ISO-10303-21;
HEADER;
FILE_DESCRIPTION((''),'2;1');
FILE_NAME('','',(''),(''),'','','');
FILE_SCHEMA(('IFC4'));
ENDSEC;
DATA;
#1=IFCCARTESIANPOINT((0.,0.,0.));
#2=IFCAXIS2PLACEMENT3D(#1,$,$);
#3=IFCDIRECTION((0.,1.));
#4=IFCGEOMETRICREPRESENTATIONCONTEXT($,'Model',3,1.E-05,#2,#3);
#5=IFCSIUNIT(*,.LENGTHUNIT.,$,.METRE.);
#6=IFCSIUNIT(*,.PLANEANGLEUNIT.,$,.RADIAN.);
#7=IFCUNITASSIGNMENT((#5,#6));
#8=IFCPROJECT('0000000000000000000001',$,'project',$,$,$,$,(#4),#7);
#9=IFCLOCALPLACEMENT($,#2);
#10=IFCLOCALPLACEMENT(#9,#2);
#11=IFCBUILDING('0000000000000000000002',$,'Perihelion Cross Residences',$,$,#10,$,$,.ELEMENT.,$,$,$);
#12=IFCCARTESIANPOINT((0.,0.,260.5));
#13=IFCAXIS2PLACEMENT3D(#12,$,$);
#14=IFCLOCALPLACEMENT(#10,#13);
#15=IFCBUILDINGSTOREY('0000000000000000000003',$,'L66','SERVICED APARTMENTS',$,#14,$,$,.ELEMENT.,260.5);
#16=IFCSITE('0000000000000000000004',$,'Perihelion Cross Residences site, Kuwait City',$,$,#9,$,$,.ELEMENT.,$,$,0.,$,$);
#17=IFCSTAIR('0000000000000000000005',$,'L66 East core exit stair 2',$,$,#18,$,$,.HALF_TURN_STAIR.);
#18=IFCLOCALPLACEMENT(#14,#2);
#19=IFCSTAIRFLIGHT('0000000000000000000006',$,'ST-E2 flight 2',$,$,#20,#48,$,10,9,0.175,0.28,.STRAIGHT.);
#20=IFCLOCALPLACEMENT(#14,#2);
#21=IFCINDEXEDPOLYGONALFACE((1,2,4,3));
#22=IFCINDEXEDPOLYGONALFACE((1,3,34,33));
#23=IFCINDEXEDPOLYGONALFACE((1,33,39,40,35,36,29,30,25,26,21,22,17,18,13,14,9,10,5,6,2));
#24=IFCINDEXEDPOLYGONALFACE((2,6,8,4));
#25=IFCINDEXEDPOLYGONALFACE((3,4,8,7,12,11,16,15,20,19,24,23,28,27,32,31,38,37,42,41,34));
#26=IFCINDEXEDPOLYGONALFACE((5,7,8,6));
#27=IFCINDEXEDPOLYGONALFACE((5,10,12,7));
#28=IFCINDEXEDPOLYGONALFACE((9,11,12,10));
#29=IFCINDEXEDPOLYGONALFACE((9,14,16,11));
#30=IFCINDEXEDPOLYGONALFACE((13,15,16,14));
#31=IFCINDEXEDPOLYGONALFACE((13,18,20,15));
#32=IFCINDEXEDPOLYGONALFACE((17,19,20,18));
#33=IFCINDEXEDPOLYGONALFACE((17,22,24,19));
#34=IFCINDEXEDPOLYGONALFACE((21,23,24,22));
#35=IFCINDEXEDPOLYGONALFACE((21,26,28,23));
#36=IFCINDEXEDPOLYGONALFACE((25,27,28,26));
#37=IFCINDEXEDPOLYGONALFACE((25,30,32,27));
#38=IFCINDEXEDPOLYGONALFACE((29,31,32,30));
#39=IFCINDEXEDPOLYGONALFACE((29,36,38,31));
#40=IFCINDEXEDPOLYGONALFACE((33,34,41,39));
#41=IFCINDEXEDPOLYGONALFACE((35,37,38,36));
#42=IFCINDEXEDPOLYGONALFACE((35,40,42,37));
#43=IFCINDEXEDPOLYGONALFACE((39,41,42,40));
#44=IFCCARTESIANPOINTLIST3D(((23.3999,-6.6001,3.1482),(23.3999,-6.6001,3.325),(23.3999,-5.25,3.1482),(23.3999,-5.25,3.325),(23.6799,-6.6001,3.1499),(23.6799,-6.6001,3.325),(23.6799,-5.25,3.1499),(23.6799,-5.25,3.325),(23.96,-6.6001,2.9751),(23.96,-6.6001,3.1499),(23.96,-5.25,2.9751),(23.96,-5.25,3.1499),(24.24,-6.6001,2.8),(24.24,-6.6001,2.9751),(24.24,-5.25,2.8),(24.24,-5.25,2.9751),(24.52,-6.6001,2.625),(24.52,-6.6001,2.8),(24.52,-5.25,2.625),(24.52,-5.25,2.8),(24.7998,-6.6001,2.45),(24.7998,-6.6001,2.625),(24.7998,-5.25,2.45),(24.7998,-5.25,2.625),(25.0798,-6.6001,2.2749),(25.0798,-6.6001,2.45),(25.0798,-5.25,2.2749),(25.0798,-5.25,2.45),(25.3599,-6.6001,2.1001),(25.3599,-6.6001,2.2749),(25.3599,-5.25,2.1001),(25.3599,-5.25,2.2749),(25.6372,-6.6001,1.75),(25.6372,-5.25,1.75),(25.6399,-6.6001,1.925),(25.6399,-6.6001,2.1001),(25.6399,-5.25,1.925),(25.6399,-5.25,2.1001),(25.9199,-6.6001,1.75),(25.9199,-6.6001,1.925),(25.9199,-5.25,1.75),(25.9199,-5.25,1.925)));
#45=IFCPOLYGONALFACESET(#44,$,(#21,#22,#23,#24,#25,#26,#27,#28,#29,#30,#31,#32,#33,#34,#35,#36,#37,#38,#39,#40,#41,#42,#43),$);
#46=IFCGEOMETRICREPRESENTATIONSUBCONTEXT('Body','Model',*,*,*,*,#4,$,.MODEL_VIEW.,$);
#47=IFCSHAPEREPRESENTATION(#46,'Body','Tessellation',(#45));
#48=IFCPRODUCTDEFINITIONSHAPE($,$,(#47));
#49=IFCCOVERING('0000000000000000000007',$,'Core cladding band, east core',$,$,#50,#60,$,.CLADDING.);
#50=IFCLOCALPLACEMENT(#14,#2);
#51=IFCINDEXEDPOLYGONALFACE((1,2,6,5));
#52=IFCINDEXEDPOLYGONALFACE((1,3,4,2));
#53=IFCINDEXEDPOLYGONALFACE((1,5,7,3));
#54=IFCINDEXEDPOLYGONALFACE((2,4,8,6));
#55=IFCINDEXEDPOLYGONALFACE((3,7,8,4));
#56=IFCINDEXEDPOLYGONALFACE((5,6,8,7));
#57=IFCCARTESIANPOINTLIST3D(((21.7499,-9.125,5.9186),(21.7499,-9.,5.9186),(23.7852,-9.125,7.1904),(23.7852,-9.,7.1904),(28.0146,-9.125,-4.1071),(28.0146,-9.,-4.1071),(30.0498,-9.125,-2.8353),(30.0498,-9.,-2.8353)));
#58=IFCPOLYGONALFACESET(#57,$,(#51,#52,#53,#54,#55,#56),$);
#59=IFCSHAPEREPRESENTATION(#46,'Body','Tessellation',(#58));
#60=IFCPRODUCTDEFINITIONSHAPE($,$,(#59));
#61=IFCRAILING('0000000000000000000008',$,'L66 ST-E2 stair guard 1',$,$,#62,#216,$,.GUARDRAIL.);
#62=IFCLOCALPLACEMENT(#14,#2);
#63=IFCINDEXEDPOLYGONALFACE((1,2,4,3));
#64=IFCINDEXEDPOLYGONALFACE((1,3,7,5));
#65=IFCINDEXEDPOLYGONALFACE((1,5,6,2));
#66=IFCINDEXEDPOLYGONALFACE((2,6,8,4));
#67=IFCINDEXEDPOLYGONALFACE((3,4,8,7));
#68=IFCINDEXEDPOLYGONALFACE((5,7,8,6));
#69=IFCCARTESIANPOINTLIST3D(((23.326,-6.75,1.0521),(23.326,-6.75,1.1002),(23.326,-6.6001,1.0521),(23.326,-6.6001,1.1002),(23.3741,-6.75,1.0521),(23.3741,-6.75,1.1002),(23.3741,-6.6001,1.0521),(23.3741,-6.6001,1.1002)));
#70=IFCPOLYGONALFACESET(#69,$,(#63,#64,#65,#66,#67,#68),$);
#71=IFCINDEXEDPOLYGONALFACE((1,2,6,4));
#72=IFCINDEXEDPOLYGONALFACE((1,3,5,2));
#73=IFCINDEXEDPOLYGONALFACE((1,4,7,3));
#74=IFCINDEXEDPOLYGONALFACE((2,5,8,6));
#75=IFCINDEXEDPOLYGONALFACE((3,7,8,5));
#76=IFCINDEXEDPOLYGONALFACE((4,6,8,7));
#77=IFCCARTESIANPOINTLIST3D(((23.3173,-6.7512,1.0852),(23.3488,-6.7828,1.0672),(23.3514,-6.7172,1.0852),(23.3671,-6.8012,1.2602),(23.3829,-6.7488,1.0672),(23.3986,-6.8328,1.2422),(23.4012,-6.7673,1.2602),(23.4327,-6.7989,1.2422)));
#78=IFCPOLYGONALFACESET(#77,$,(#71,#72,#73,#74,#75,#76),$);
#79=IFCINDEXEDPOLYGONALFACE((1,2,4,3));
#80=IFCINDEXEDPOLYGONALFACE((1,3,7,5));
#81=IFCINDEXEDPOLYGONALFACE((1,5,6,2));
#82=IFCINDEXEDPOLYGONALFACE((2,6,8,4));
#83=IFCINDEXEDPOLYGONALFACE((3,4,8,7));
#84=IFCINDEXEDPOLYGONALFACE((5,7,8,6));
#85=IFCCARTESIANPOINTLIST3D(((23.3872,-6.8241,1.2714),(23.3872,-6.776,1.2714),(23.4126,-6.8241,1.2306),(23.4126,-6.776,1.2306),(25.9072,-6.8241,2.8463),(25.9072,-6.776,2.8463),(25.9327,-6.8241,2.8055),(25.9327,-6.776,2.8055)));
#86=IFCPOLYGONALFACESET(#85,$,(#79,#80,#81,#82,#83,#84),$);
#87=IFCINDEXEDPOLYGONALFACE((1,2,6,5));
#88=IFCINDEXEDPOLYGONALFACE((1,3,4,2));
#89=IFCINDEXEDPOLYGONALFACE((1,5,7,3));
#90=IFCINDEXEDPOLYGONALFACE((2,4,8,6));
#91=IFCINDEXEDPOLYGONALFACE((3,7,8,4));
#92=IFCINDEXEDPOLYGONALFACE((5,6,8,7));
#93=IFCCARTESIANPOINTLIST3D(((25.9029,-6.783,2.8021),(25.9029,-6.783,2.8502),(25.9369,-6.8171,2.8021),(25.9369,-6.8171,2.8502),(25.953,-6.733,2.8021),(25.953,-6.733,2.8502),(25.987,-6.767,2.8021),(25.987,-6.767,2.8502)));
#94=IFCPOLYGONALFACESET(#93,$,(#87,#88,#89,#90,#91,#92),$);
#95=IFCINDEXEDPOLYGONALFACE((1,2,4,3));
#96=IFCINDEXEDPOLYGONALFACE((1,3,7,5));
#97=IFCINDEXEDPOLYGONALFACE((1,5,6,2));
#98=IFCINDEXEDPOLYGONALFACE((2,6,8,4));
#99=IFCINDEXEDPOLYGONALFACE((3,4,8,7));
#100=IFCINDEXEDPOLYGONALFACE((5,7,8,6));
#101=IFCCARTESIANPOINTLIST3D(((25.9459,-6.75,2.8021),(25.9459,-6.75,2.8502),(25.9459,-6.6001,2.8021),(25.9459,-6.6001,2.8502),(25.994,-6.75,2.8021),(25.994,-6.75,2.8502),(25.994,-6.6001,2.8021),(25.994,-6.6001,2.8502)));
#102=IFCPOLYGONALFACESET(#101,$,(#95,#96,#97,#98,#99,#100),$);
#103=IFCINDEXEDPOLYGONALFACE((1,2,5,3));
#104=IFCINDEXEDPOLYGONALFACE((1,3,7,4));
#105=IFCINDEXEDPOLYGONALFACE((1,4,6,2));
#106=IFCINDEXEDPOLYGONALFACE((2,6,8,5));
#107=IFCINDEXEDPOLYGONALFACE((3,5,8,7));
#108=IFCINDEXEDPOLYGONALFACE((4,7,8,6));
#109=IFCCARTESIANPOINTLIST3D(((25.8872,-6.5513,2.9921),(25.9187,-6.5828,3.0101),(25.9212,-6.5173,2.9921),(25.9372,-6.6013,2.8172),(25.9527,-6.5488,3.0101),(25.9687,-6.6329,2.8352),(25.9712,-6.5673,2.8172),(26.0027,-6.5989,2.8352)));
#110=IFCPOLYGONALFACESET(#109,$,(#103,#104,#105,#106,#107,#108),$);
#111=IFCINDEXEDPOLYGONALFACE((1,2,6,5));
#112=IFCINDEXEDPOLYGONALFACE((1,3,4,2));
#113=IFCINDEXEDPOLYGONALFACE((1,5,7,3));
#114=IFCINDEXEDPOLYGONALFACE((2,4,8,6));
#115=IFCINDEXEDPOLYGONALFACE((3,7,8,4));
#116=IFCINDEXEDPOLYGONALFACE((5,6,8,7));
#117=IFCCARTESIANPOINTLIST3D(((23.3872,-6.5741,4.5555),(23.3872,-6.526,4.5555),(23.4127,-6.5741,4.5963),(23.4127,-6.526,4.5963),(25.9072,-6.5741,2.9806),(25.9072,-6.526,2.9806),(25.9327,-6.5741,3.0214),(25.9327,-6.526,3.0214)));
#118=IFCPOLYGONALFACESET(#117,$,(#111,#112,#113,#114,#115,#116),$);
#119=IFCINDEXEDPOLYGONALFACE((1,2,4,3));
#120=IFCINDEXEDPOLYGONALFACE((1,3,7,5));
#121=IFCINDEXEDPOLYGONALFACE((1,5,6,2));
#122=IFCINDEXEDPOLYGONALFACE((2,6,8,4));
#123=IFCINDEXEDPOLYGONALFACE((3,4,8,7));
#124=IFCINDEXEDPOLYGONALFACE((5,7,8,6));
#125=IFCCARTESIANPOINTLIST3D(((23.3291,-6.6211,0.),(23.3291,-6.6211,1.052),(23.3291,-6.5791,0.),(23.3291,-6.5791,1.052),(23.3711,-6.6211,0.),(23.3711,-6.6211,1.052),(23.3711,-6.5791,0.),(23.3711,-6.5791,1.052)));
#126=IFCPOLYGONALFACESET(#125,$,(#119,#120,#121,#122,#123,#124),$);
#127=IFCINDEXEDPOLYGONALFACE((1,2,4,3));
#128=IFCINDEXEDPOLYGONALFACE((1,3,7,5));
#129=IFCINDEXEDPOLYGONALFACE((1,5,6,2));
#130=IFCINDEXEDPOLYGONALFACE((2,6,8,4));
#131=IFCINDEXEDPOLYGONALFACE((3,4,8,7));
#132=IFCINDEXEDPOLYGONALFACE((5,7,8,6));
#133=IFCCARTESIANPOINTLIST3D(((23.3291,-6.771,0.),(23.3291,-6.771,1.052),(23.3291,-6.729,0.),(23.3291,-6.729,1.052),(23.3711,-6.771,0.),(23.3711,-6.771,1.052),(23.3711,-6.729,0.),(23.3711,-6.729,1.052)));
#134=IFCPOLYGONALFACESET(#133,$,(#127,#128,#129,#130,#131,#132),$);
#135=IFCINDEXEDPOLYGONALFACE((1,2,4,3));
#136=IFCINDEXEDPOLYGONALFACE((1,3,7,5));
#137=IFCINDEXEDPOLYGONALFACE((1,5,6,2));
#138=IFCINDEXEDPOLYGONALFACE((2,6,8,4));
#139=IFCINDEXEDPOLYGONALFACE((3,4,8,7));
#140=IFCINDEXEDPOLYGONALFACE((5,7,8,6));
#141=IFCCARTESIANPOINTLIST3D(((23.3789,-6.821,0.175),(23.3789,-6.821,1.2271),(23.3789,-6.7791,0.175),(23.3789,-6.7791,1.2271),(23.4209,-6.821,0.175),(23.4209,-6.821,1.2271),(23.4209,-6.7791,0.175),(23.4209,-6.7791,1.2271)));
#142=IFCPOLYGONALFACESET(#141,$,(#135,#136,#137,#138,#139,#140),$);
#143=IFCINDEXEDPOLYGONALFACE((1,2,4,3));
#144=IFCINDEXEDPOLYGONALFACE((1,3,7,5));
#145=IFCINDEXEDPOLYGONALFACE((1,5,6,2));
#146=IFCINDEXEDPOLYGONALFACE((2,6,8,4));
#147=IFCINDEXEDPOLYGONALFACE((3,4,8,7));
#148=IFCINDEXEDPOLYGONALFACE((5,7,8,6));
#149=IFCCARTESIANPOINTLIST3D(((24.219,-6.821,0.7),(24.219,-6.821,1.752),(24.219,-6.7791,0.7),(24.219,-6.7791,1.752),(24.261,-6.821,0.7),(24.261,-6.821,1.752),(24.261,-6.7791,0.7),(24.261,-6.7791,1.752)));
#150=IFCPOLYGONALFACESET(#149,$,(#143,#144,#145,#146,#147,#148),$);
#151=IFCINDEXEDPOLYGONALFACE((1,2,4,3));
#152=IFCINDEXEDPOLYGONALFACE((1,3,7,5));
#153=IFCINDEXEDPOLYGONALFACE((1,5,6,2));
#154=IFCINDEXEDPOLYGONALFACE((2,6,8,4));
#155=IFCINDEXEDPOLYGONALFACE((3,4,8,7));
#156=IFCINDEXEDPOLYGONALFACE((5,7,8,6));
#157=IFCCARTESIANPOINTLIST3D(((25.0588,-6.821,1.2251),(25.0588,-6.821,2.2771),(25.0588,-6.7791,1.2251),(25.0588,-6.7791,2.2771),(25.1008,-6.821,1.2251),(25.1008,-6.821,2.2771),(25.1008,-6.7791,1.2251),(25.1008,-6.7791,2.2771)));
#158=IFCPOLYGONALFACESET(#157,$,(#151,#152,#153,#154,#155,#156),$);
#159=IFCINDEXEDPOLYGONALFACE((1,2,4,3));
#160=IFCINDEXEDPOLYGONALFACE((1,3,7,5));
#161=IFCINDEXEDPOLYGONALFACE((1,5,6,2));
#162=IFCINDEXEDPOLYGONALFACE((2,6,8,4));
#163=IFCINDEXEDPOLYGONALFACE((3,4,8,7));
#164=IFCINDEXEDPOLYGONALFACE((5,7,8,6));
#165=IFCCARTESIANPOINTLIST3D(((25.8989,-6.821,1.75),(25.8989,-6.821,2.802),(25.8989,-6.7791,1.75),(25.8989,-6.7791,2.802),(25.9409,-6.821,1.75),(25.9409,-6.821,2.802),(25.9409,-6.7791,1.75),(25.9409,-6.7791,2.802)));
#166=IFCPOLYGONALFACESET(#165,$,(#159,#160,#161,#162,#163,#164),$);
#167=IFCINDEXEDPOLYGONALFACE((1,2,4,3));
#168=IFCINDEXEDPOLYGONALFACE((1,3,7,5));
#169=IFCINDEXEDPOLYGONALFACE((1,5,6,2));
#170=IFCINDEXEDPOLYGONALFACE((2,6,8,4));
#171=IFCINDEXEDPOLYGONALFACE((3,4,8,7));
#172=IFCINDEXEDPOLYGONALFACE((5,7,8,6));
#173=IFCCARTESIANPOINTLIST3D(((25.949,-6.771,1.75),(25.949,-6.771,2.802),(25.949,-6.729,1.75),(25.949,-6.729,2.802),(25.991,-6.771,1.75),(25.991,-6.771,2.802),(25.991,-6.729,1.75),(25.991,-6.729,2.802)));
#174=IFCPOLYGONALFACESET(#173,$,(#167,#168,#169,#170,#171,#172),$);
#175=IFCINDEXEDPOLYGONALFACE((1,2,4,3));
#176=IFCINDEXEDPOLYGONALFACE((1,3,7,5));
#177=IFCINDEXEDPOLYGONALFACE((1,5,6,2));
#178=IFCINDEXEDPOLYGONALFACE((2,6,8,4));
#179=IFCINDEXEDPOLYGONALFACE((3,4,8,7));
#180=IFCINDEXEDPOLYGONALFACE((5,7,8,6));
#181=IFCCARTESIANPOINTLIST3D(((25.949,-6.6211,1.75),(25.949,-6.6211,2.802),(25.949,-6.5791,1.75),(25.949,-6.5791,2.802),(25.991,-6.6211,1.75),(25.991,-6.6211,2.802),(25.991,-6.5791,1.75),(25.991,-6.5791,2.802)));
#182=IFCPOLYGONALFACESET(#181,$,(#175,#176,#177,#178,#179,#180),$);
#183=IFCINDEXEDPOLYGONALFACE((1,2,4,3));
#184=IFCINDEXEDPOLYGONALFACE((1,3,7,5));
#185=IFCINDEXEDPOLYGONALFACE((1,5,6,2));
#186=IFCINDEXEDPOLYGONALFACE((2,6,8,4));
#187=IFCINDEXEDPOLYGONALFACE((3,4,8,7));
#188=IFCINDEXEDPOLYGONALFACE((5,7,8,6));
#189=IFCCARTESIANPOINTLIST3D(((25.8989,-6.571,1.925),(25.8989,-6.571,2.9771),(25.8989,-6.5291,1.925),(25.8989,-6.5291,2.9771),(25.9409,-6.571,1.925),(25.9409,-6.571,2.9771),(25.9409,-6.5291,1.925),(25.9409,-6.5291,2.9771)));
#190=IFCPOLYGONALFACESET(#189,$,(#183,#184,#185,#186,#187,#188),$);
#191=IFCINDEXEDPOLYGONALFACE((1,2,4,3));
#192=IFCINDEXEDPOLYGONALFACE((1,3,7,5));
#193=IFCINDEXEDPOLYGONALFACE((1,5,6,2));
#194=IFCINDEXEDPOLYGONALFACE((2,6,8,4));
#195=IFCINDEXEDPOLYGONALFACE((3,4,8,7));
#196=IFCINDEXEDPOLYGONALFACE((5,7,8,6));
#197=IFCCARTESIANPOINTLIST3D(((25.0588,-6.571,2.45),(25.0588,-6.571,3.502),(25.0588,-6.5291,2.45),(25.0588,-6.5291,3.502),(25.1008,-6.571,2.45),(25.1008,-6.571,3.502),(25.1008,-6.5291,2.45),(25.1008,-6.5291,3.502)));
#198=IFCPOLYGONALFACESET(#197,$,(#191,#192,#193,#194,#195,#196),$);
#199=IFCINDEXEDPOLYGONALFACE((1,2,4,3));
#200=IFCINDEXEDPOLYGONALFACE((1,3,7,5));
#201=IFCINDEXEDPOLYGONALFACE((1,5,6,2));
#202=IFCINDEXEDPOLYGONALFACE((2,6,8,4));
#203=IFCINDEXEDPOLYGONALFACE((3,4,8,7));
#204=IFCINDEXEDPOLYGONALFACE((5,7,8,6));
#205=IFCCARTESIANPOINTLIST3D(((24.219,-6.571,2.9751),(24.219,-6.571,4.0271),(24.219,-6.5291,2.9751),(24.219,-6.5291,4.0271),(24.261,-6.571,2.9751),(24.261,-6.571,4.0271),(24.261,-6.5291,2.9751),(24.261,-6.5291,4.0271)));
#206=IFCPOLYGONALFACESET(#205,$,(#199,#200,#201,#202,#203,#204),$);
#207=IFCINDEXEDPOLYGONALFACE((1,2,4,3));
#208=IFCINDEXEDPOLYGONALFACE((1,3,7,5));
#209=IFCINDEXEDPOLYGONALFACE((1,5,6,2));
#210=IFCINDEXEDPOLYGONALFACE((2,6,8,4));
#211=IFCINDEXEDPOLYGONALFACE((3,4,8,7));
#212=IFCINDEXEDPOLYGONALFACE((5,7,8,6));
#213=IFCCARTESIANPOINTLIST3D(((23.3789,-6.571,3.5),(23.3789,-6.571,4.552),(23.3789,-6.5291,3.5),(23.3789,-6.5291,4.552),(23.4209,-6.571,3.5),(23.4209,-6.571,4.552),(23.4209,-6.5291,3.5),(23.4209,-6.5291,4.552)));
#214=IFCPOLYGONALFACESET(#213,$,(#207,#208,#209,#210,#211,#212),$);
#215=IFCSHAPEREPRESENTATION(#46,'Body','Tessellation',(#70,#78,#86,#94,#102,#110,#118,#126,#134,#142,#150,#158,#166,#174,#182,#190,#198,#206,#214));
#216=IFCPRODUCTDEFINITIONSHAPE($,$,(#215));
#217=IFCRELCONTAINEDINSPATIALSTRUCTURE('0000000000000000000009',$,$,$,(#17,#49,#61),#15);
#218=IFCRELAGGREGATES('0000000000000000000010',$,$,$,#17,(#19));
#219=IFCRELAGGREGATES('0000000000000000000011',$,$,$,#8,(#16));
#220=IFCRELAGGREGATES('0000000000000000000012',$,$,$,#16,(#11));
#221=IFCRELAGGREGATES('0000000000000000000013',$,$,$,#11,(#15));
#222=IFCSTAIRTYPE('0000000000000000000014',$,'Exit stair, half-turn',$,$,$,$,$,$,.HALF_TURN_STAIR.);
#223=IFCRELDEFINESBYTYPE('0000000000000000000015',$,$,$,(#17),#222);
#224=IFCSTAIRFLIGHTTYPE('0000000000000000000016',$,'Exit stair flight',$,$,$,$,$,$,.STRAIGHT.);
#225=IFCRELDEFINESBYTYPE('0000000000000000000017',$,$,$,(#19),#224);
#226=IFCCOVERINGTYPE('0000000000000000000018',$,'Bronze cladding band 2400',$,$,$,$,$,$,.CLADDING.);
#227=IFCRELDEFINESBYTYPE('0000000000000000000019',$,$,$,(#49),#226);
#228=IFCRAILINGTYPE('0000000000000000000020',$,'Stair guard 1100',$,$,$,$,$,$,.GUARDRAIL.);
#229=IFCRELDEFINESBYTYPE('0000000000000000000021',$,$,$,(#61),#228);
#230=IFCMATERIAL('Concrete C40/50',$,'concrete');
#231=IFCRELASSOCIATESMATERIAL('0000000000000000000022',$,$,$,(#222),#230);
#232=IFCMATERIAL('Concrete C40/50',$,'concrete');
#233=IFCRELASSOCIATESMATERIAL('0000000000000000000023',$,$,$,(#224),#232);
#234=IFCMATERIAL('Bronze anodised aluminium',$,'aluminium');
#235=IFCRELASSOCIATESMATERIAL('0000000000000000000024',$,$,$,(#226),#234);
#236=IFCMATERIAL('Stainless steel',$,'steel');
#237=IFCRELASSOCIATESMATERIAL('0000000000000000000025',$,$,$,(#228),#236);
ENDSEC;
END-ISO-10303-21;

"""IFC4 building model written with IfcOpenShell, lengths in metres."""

from ifc_helpers import new_model, si_unit, direction, frame, origin, origin_2d, place, context, subcontext, project, spatial, polyline, rectangle, outline, extrude, material, material_profile, profile_set, type_object, element, aggregate, save


model = new_model("IFC4")

# Units and contexts
model_context = context("Model", 3, precision=1e-05, world=origin(), true_north=direction((0.0, 1.0)))
body_context = subcontext(model_context, "Body", "Model", "MODEL_VIEW")
ifc_project = project(units=[si_unit("LENGTHUNIT", "METRE"), si_unit("PLANEANGLEUNIT", "RADIAN")], contexts=[model_context])

# Site, building, storey
site_placement = place(None, origin())
site = spatial("IfcSite", under=ifc_project, at=site_placement, Name="Perihelion Cross Residences site, Kuwait City", CompositionType="ELEMENT", RefElevation=0.0)
building_placement = place(site_placement, origin())
building = spatial("IfcBuilding", under=site, at=building_placement, Name="Perihelion Cross Residences", CompositionType="ELEMENT")
storey_placement = place(building_placement, frame((0.0, 0.0, 260.5)))
storey = spatial("IfcBuildingStorey", under=building, at=storey_placement, Name="L66", Description="SERVICED APARTMENTS", CompositionType="ELEMENT", Elevation=260.5)

# Stair, stair flight
ifc_material_1 = material(Name="Concrete C40/50", Category="concrete")
stair_type = type_object("IfcStairType", Name="Exit stair, half-turn", PredefinedType="HALF_TURN_STAIR", material=ifc_material_1)
stair_placement = place(storey_placement, origin())
stair = element("IfcStair", 1, at=stair_placement, inside=storey, type_object=stair_type, Name="L66 East core exit stair 2", PredefinedType="HALF_TURN_STAIR")
ifc_material_2 = material(Name="Concrete C40/50", Category="concrete")
stair_flight_type = type_object("IfcStairFlightType", Name="Exit stair flight", PredefinedType="STRAIGHT", material=ifc_material_2)
stair_flight_1_placement = place(storey_placement, frame((25.9199, -5.925, 1.75), z_axis=(0.0, 0.0, 1.0), x_axis=(-1.0, 0.0, 0.0)))
stair_flight_1 = element("IfcStairFlight", 2, at=stair_flight_1_placement, type_object=stair_flight_type, Name="ST-E2 flight 2", NumberOfRisers=10, NumberOfTreads=9, PredefinedType="STRAIGHT", RiserHeight=0.175, TreadLength=0.28, context=body_context, shape_type="SweptSolid", body=[
    extrude(outline(polyline([(0.0, 0.0), (0.0, 0.175), (0.28, 0.175), (0.28, 0.3501), (0.5601, 0.3501), (0.5601, 0.5249), (0.8401, 0.5249), (0.8401, 0.7), (1.1201, 0.7), (1.1201, 0.875), (1.3999, 0.875), (1.3999, 1.05), (1.6799, 1.05), (1.6799, 1.2251), (1.96, 1.2251), (1.96, 1.3999), (2.24, 1.3999), (2.24, 1.575), (2.52, 1.575), (2.52, 1.75), (2.52, 1.3982), (0.2827, 0.0), (0.0, 0.0)])), frame((0.0, 0.675, 0.0), z_axis=(0.0, -1.0, 0.0), x_axis=(1.0, 0.0, 0.0)), (0.0, 0.0, 1.0), 1.3501),
])
aggregate(stair, [stair_flight_1])

# Covering
ifc_material_3 = material(Name="Bronze anodised aluminium", Category="aluminium")
ifc_material_profile_1 = material_profile(ifc_material_3, rectangle(XDim=0.125, YDim=2.3999, at=origin_2d()), Name="Bronze cladding band 2400")
ifc_profile_set_1 = profile_set([ifc_material_profile_1], Name="Bronze anodised aluminium")
covering_type = type_object("IfcCoveringType", Name="Bronze cladding band 2400", PredefinedType="CLADDING", material=ifc_profile_set_1)
covering_placement = place(storey_placement, frame((29.0322, -9.0625, -3.4712), z_axis=(-0.529915, 0.0, 0.848051), x_axis=(0.0, -1.0, 0.0)))
element("IfcCovering", 3, at=covering_placement, inside=storey, type_object=covering_type, Name="Core cladding band, east core", PredefinedType="CLADDING", context=body_context, shape_type="SweptSolid", body=[
    extrude(rectangle(XDim=0.125, YDim=2.3999, at=origin_2d()), origin(), (0.0, 0.0, 1.0), 11.822),
])

# Railing
ifc_material_4 = material(Name="Stainless steel", Category="steel")
railing_type_1 = type_object("IfcRailingType", Name="Stair guard 1100", PredefinedType="GUARDRAIL", material=ifc_material_4)
railing_1_placement = place(storey_placement, frame((23.3501, -6.6001, 0.0)))
element("IfcRailing", 4, at=railing_1_placement, inside=storey, type_object=railing_type_1, Name="L66 ST-E2 stair guard 1", PredefinedType="GUARDRAIL", context=body_context, shape_type="SweptSolid", body=[
    extrude(rectangle(XDim=0.0481, YDim=0.0481, at=origin_2d()), frame((0.0, 0.0, 1.0762), z_axis=(0.0, -1.0, 0.0), x_axis=(1.0, 0.0, 0.0)), (0.0, 0.0, 1.0), 0.1499),
    extrude(rectangle(XDim=0.0481, YDim=0.0481, at=origin_2d()), frame((0.0, -0.1499, 1.0762), z_axis=(0.263862, -0.265156, 0.927399), x_axis=(0.708834, 0.705376, 0.0)), (0.0, 0.0, 1.0), 0.1887),
    extrude(rectangle(XDim=0.0481, YDim=0.0481, at=origin_2d()), frame((0.0498, -0.2, 1.251), z_axis=(0.848008, 0.0, 0.529984), x_axis=(0.0, 1.0, 0.0)), (0.0, 0.0, 1.0), 2.9717),
    extrude(rectangle(XDim=0.0481, YDim=0.0481, at=origin_2d()), frame((2.5698, -0.2, 2.8262), z_axis=(0.707107, 0.707107, 0.0), x_axis=(-0.707107, 0.707107, 0.0)), (0.0, 0.0, 1.0), 0.0708),
    extrude(rectangle(XDim=0.0481, YDim=0.0481, at=origin_2d()), frame((2.6199, -0.1499, 2.8262), z_axis=(0.0, 1.0, 0.0), x_axis=(-1.0, 0.0, 0.0)), (0.0, 0.0, 1.0), 0.1499),
    extrude(rectangle(XDim=0.0481, YDim=0.0481, at=origin_2d()), frame((2.6199, 0.0, 2.8262), z_axis=(-0.265065, 0.265065, 0.927082), x_axis=(-0.707107, -0.707107, 0.0)), (0.0, 0.0, 1.0), 0.1887),
    extrude(rectangle(XDim=0.0481, YDim=0.0481, at=origin_2d()), frame((2.5698, 0.05, 3.001), z_axis=(-0.848008, 0.0, 0.529984), x_axis=(0.0, -1.0, 0.0)), (0.0, 0.0, 1.0), 2.9717),
    extrude(rectangle(XDim=0.042, YDim=0.042, at=origin_2d()), origin(), (0.0, 0.0, 1.0), 1.052),
    extrude(rectangle(XDim=0.042, YDim=0.042, at=origin_2d()), frame((0.0, -0.1499, 0.0)), (0.0, 0.0, 1.0), 1.052),
    extrude(rectangle(XDim=0.042, YDim=0.042, at=origin_2d()), frame((0.0498, -0.2, 0.175)), (0.0, 0.0, 1.0), 1.052),
    extrude(rectangle(XDim=0.042, YDim=0.042, at=origin_2d()), frame((0.8899, -0.2, 0.7)), (0.0, 0.0, 1.0), 1.052),
    extrude(rectangle(XDim=0.042, YDim=0.042, at=origin_2d()), frame((1.7297, -0.2, 1.2251)), (0.0, 0.0, 1.0), 1.052),
    extrude(rectangle(XDim=0.042, YDim=0.042, at=origin_2d()), frame((2.5698, -0.2, 1.75)), (0.0, 0.0, 1.0), 1.052),
    extrude(rectangle(XDim=0.042, YDim=0.042, at=origin_2d()), frame((2.6199, -0.1499, 1.75)), (0.0, 0.0, 1.0), 1.052),
    extrude(rectangle(XDim=0.042, YDim=0.042, at=origin_2d()), frame((2.6199, 0.0, 1.75)), (0.0, 0.0, 1.0), 1.052),
    extrude(rectangle(XDim=0.042, YDim=0.042, at=origin_2d()), frame((2.5698, 0.05, 1.925)), (0.0, 0.0, 1.0), 1.052),
    extrude(rectangle(XDim=0.042, YDim=0.042, at=origin_2d()), frame((1.7297, 0.05, 2.45)), (0.0, 0.0, 1.0), 1.052),
    extrude(rectangle(XDim=0.042, YDim=0.042, at=origin_2d()), frame((0.8899, 0.05, 2.9751)), (0.0, 0.0, 1.0), 1.052),
    extrude(rectangle(XDim=0.042, YDim=0.042, at=origin_2d()), frame((0.0498, 0.05, 3.5)), (0.0, 0.0, 1.0), 1.052),
])

save(model, "model.ifc")
